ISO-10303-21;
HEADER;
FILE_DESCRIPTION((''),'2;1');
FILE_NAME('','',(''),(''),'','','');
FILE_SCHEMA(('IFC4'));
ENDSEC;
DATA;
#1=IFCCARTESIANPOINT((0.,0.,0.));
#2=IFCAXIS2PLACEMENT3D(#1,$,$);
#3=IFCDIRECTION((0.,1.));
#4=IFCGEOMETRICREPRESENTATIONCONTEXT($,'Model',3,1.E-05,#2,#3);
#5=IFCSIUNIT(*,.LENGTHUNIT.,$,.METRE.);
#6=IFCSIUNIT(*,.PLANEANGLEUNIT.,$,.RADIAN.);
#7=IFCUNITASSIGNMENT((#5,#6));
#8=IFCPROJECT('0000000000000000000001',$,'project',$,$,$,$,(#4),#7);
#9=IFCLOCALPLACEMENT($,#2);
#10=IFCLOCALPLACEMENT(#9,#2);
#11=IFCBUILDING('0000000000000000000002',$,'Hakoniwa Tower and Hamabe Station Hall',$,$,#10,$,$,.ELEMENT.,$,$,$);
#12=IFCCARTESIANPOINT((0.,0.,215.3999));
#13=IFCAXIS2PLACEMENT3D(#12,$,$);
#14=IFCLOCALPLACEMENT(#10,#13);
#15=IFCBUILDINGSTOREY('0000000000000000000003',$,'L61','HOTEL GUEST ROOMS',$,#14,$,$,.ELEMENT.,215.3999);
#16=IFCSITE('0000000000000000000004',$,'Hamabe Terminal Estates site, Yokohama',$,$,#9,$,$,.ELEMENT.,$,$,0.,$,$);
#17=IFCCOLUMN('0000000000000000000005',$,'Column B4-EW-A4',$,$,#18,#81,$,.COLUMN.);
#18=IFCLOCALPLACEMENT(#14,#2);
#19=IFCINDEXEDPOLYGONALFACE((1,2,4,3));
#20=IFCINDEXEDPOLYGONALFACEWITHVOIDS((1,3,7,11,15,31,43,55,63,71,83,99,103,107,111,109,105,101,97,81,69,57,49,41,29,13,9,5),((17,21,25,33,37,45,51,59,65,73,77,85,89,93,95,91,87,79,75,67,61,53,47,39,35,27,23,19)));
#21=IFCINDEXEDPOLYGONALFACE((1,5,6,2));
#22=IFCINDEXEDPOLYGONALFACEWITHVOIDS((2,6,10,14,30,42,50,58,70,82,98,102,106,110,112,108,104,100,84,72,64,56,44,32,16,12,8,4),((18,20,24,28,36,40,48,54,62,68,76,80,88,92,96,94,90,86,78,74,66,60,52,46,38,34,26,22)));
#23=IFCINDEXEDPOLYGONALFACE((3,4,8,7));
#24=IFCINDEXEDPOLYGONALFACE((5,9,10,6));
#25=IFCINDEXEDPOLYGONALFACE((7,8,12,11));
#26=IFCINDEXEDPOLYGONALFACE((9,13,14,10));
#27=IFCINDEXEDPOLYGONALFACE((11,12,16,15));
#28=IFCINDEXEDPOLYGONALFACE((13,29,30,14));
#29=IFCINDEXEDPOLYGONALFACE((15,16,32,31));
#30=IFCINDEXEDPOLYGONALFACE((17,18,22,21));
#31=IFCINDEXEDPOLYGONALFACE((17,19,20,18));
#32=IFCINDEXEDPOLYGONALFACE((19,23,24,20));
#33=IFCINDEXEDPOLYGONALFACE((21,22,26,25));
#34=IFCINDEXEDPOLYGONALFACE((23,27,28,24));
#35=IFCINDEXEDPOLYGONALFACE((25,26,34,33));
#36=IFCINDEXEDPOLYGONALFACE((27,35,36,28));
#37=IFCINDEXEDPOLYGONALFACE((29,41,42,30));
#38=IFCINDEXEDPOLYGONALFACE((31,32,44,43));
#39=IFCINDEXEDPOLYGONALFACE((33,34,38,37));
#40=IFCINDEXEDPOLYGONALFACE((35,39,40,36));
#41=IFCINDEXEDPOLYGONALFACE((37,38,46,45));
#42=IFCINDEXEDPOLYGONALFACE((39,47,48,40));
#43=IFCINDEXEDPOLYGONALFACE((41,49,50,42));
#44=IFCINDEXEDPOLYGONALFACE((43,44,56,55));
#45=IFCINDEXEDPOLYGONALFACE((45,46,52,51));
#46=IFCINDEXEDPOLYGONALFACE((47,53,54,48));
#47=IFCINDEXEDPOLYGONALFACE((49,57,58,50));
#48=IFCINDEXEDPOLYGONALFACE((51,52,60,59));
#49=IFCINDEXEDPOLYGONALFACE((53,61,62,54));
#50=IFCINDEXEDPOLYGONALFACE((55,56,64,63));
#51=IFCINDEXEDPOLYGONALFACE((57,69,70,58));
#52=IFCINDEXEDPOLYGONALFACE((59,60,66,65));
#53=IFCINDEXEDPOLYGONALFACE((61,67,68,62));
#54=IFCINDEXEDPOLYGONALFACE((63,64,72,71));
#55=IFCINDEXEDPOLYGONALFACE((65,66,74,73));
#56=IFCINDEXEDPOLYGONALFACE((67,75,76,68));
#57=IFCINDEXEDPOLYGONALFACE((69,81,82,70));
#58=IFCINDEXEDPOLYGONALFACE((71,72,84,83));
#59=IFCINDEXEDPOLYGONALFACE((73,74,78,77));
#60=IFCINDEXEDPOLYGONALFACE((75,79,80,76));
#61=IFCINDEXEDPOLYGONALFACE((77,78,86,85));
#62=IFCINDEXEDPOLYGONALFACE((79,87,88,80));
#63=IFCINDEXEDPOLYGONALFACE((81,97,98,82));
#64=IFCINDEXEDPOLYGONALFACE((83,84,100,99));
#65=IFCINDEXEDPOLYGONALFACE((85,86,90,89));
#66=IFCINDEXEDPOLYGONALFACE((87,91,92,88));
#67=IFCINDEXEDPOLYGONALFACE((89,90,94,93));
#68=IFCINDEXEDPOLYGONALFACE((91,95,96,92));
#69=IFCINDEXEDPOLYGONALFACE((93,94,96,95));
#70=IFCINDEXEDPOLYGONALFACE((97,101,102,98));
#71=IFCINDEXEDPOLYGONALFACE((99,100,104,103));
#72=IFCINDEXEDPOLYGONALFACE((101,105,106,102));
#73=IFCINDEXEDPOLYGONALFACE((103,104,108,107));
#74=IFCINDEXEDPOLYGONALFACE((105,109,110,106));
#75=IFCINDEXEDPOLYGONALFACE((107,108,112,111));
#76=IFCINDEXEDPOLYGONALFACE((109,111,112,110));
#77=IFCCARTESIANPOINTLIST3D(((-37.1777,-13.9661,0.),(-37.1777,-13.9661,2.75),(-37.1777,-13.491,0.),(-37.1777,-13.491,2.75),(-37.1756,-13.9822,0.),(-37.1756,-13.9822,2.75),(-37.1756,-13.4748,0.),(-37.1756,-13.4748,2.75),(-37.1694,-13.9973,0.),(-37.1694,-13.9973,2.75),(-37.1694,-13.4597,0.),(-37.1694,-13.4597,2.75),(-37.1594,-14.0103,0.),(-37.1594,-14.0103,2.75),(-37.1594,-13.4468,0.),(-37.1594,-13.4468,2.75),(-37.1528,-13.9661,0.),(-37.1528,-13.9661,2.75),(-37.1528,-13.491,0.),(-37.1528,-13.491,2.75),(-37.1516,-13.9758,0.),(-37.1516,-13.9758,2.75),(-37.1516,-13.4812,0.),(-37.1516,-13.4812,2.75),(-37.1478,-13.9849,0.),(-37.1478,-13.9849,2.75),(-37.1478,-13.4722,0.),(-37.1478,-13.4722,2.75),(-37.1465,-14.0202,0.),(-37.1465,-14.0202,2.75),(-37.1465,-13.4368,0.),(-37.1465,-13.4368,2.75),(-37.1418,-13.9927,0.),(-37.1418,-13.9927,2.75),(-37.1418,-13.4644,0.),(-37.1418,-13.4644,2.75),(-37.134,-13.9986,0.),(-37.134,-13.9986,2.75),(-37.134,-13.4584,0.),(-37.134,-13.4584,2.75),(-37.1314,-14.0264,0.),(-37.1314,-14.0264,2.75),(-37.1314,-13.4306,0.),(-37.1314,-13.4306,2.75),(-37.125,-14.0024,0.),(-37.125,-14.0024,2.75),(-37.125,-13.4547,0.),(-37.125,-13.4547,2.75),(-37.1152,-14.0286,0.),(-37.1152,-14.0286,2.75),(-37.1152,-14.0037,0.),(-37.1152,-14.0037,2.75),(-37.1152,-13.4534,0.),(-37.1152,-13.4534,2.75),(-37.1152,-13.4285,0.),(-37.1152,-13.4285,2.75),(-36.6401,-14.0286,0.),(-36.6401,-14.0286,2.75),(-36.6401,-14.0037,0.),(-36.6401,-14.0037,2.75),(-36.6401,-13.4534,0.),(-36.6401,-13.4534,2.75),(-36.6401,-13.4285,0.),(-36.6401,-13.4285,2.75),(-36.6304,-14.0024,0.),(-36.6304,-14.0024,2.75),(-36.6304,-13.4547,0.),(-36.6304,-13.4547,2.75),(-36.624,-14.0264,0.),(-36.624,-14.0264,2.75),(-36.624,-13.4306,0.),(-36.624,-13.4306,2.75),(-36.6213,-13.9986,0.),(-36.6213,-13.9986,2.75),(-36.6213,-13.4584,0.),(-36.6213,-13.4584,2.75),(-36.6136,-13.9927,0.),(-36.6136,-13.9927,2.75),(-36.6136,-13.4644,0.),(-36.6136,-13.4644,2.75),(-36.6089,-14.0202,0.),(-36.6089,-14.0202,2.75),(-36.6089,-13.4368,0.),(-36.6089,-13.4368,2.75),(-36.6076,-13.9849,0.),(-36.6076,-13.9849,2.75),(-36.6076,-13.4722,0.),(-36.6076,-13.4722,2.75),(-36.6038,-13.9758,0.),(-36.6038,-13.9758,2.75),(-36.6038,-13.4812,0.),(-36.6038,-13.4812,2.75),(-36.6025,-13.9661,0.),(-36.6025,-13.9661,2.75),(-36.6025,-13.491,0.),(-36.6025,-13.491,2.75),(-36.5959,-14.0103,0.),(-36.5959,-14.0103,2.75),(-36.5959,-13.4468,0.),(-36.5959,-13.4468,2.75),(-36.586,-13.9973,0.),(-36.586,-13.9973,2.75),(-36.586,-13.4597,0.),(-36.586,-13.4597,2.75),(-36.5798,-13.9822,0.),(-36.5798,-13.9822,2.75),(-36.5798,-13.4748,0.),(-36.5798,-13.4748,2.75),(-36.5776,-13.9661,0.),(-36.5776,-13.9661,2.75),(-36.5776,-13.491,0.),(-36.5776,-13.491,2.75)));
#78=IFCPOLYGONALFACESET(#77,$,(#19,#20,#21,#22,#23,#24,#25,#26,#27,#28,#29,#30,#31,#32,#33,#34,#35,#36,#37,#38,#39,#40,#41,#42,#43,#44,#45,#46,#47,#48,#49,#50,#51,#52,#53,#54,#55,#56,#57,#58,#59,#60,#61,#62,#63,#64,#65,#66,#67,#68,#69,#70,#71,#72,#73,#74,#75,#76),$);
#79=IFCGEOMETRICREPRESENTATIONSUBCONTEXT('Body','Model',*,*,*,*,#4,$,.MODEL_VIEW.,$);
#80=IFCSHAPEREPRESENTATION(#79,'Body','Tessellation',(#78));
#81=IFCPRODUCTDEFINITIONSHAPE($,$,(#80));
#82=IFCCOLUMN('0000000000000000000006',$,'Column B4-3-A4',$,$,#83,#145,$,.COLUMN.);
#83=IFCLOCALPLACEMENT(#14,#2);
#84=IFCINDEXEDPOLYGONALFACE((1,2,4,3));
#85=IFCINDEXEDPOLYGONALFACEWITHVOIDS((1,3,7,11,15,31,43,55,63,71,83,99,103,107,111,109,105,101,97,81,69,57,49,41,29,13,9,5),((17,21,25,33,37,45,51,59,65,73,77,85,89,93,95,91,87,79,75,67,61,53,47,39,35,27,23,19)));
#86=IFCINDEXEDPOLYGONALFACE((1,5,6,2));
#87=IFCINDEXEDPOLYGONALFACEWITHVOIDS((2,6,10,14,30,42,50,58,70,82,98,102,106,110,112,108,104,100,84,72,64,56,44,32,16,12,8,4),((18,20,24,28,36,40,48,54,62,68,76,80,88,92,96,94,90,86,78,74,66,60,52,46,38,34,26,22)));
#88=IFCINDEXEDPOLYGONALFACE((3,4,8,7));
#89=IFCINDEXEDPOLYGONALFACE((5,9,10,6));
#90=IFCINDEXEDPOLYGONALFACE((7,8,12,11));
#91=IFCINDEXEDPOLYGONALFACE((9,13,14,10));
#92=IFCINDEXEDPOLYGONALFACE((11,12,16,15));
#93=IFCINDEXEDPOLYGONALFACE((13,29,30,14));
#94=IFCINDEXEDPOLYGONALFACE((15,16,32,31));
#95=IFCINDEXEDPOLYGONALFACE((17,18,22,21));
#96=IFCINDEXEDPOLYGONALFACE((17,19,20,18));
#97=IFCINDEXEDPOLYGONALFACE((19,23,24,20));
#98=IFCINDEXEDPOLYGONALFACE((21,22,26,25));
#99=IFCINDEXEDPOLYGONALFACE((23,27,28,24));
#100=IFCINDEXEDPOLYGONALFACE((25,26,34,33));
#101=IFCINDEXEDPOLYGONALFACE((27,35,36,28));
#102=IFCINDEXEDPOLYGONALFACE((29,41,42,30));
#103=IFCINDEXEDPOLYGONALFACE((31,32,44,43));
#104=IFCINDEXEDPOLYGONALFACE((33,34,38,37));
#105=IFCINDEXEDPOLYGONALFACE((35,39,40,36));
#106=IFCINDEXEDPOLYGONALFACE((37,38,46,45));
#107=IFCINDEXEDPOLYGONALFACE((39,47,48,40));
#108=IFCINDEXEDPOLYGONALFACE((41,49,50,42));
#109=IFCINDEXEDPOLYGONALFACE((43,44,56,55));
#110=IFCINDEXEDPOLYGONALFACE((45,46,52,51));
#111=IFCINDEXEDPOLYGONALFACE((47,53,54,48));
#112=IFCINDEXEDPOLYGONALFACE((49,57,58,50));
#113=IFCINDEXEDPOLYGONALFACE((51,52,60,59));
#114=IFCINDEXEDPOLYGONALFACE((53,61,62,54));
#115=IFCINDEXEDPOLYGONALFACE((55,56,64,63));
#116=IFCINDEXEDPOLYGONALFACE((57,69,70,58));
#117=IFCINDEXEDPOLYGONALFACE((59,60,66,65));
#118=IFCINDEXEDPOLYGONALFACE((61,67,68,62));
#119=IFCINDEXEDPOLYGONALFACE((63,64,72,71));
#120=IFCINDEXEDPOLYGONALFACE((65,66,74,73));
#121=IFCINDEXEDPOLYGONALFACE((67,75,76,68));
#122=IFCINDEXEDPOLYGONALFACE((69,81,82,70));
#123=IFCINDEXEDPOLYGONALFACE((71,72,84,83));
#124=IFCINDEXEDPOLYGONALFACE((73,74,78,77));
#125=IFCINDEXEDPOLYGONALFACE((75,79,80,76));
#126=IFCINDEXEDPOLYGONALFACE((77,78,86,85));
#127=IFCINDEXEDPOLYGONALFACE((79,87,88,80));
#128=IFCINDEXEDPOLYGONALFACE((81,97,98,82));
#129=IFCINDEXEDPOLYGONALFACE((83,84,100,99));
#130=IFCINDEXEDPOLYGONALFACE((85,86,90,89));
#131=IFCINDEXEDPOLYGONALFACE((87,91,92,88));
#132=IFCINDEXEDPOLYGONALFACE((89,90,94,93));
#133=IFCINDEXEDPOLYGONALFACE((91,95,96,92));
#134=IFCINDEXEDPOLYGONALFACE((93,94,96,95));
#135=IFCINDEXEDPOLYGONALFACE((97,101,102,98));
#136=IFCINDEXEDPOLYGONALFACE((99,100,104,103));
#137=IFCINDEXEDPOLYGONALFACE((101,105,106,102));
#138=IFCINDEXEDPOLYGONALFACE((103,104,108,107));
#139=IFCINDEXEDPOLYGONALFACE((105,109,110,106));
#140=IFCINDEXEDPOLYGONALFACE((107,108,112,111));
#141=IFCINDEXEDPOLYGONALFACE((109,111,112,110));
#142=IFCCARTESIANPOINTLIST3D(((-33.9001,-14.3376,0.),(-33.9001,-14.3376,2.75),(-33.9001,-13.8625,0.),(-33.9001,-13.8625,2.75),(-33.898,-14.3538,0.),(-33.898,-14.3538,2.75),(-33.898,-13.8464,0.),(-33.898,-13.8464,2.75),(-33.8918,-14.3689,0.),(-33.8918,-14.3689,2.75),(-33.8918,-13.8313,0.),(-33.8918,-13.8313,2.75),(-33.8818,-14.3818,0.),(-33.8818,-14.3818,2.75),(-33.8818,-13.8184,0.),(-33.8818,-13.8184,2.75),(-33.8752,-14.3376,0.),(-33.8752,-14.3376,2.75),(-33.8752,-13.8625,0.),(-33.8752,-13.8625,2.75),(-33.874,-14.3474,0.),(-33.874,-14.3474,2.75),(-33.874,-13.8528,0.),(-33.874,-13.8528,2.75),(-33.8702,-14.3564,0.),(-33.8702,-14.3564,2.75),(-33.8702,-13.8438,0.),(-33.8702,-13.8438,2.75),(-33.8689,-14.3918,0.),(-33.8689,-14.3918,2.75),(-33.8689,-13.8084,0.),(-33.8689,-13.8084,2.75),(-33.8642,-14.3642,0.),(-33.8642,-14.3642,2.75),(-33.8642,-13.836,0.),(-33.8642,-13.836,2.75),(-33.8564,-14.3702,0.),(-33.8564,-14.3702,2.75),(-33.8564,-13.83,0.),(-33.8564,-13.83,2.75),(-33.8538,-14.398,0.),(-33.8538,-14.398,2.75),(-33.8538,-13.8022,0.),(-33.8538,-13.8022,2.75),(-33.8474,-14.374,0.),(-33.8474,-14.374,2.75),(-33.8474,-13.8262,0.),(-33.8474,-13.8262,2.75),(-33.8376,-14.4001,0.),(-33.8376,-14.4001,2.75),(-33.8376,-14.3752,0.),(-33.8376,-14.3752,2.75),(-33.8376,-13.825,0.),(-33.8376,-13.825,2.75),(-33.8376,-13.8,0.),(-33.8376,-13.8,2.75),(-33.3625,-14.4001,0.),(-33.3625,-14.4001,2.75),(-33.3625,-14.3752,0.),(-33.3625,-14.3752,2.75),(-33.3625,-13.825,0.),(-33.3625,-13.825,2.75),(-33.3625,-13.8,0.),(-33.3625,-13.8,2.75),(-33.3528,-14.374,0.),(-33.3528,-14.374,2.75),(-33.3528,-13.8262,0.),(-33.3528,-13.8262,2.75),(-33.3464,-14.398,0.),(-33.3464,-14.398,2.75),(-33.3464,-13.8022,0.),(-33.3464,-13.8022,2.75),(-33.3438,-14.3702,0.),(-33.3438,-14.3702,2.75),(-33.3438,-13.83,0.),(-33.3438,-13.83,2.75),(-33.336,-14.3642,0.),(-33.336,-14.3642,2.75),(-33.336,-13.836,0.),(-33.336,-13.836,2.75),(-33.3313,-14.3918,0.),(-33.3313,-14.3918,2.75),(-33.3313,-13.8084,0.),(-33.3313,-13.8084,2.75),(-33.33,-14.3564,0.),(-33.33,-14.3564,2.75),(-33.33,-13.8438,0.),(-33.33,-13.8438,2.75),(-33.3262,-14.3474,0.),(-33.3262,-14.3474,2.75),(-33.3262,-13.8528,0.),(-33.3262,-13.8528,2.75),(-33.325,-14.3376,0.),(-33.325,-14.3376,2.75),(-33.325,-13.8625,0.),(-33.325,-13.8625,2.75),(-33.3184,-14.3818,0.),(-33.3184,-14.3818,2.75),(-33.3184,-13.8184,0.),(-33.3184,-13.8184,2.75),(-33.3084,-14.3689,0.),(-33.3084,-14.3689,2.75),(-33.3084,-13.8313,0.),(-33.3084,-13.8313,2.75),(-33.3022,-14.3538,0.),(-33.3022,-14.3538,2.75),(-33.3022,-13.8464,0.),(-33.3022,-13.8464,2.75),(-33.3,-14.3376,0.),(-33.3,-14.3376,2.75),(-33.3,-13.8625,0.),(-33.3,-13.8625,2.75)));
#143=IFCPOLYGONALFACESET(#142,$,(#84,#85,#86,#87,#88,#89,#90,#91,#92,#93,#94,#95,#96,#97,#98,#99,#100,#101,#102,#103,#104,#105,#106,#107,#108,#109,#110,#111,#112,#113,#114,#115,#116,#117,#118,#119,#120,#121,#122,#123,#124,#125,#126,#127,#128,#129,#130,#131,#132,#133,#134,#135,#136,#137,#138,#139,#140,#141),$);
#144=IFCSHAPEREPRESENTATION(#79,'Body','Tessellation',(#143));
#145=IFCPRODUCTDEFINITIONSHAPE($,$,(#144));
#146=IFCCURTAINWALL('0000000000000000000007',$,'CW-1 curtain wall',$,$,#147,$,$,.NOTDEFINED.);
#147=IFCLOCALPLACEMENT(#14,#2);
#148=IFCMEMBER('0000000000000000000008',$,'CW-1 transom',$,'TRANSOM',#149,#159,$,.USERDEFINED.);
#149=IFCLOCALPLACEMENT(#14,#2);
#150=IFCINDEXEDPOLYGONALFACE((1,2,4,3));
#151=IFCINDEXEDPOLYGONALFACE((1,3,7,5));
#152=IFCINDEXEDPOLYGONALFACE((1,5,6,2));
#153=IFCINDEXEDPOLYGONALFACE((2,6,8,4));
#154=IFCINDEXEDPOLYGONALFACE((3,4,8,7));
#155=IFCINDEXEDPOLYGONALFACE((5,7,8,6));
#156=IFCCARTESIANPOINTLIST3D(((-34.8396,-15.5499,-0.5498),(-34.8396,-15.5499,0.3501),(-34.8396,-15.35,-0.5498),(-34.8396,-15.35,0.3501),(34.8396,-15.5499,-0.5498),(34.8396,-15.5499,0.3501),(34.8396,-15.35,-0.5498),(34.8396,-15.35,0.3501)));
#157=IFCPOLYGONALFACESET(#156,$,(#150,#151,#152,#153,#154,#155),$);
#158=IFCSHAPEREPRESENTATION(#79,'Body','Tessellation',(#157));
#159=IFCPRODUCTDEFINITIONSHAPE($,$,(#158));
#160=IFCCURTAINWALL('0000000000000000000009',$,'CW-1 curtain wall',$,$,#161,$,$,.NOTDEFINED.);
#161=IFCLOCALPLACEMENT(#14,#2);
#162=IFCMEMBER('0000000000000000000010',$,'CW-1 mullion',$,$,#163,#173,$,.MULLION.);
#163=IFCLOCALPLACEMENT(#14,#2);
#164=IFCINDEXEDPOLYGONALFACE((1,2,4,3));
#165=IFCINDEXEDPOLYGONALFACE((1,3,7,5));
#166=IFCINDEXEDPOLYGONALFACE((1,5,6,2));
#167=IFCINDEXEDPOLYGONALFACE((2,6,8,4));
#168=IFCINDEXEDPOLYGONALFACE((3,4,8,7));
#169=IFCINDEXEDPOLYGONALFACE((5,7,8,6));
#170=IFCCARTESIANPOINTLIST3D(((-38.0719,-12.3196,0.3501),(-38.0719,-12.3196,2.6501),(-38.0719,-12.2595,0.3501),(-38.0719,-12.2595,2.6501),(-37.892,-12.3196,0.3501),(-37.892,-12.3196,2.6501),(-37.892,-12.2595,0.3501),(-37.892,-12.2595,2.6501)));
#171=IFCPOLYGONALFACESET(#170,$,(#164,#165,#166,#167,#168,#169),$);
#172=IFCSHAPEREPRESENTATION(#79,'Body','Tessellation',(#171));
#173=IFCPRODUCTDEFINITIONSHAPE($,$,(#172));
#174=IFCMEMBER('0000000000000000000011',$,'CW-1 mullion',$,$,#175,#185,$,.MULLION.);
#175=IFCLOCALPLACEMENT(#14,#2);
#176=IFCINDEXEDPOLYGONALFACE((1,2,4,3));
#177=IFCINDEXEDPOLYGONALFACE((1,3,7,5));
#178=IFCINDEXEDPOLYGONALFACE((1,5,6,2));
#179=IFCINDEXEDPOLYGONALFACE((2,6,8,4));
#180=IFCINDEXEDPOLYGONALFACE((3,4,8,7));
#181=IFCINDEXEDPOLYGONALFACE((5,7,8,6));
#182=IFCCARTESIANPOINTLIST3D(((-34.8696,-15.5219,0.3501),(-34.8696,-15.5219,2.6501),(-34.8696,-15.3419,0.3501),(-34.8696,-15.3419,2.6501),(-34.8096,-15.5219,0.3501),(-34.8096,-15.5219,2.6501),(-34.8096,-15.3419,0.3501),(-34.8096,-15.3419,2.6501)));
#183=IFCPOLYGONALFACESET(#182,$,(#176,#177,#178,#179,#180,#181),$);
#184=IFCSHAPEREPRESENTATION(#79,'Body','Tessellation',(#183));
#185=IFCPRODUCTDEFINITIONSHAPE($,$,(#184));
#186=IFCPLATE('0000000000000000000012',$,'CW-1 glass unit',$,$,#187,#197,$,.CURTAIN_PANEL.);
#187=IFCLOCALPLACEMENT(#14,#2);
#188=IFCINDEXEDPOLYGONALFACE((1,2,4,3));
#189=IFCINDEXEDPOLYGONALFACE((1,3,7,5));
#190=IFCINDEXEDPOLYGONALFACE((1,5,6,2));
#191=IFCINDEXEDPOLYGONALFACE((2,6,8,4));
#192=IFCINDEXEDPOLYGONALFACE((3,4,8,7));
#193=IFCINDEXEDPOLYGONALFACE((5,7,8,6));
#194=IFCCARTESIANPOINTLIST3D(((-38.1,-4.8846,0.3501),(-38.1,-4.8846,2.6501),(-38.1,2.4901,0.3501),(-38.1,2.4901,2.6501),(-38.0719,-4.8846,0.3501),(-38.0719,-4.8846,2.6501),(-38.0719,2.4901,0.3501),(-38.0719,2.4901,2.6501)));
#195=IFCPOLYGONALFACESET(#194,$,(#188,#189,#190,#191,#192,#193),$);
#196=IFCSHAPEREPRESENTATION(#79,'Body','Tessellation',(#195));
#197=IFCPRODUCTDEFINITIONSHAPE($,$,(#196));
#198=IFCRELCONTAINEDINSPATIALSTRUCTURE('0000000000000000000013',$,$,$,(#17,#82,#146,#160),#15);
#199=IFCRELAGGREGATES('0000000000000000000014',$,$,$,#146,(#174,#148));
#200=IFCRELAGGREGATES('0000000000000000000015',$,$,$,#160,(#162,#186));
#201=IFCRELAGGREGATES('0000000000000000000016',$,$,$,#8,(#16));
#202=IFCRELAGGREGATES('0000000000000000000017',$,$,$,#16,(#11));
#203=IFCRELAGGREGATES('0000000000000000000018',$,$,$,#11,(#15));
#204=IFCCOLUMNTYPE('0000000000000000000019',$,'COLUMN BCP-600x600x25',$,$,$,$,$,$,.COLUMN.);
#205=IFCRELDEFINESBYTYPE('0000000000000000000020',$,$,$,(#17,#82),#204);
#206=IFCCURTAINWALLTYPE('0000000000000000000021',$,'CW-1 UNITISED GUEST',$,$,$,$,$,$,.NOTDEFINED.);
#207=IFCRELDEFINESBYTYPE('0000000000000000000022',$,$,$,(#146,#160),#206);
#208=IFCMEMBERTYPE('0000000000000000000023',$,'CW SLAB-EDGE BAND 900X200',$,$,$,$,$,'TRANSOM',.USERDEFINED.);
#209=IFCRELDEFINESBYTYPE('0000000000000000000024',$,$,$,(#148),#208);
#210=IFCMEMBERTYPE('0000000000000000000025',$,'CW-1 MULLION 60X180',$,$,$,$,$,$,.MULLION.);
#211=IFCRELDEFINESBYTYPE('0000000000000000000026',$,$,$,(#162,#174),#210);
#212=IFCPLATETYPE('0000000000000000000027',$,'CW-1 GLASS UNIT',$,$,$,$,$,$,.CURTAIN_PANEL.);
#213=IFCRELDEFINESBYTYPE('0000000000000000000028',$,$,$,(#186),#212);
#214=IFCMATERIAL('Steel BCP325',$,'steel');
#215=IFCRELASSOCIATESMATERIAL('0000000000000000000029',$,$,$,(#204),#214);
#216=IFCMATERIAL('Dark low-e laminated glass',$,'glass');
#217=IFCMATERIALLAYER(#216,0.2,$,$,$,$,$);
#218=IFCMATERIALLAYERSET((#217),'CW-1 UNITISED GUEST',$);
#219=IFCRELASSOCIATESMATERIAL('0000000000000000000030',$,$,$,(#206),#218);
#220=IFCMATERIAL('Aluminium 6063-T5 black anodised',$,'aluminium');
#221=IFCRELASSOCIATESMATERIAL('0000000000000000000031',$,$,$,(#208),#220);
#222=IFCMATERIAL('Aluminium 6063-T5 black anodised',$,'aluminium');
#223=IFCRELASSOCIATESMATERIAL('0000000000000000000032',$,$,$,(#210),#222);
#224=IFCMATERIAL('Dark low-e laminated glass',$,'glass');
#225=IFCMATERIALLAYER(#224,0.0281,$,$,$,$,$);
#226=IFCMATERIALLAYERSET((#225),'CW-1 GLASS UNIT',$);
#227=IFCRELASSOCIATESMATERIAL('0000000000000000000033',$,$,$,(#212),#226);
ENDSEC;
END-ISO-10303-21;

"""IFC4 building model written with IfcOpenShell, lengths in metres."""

from ifc_helpers import new_model, si_unit, direction, frame, origin, origin_2d, place, context, subcontext, project, spatial, rectangle, hollow_rectangle, extrude, material, layer, layer_set, material_profile, profile_set, type_object, element, aggregate, save


model = new_model("IFC4")

# Units and contexts
model_context = context("Model", 3, precision=1e-05, world=origin(), true_north=direction((0.0, 1.0)))
body_context = subcontext(model_context, "Body", "Model", "MODEL_VIEW")
ifc_project = project(units=[si_unit("LENGTHUNIT", "METRE"), si_unit("PLANEANGLEUNIT", "RADIAN")], contexts=[model_context])

# Site, building, storey
site_placement = place(None, origin())
site = spatial("IfcSite", under=ifc_project, at=site_placement, Name="Hamabe Terminal Estates site, Yokohama", CompositionType="ELEMENT", RefElevation=0.0)
building_placement = place(site_placement, origin())
building = spatial("IfcBuilding", under=site, at=building_placement, Name="Hakoniwa Tower and Hamabe Station Hall", CompositionType="ELEMENT")
storey_placement = place(building_placement, frame((0.0, 0.0, 215.3999)))
storey = spatial("IfcBuildingStorey", under=building, at=storey_placement, Name="L61", Description="HOTEL GUEST ROOMS", CompositionType="ELEMENT", Elevation=215.3999)

# Columns
ifc_material_1 = material(Name="Steel BCP325", Category="steel")
ifc_material_profile_1 = material_profile(ifc_material_1, hollow_rectangle(XDim=0.6001, YDim=0.6001, WallThickness=0.0249, InnerFilletRadius=0.0376, OuterFilletRadius=0.0625, at=origin_2d()), Name="BCP-600x600x25")
ifc_profile_set_1 = profile_set([ifc_material_profile_1], Name="Steel BCP325")
column_type = type_object("IfcColumnType", Name="COLUMN BCP-600x600x25", PredefinedType="COLUMN", material=ifc_profile_set_1)
for number, where, z_axis, x_axis, name in (
    (1, (-36.8777, -13.7285, 0.0), (0.0, 0.0, 1.0), (1.0, 0.0, 0.0), "Column B4-EW-A4"),
    (2, (-33.6001, -14.1001, 0.0), (0.0, 0.0, 1.0), (1.0, 0.0, 0.0), "Column B4-3-A4"),
):
    element("IfcColumn", number, at=place(storey_placement, frame(where, z_axis=z_axis, x_axis=x_axis)), inside=storey, type_object=column_type, Name=name, PredefinedType="COLUMN", context=body_context, shape_type="SweptSolid", body=[
        extrude(hollow_rectangle(XDim=0.6001, YDim=0.6001, WallThickness=0.0249, InnerFilletRadius=0.0376, OuterFilletRadius=0.0625, at=origin_2d()), origin(), (0.0, 0.0, 1.0), 2.75),
    ])

# Curtain walls, members
ifc_material_2 = material(Name="Dark low-e laminated glass", Category="glass")
ifc_layer_1 = layer(ifc_material_2, 0.2)
ifc_layer_set_1 = layer_set([ifc_layer_1], Name="CW-1 UNITISED GUEST")
curtain_wall_type = type_object("IfcCurtainWallType", Name="CW-1 UNITISED GUEST", PredefinedType="NOTDEFINED", material=ifc_layer_set_1)
curtain_wall_1_placement = place(storey_placement, origin())
curtain_wall_1 = element("IfcCurtainWall", 3, at=curtain_wall_1_placement, inside=storey, type_object=curtain_wall_type, Name="CW-1 curtain wall", PredefinedType="NOTDEFINED")
ifc_material_3 = material(Name="Aluminium 6063-T5 black anodised", Category="aluminium")
ifc_material_profile_2 = material_profile(ifc_material_3, rectangle(XDim=0.2, YDim=0.8999, at=origin_2d()), Name="CW SLAB-EDGE BAND 900X200")
ifc_profile_set_2 = profile_set([ifc_material_profile_2], Name="Aluminium 6063-T5 black anodised")
member_type_1 = type_object("IfcMemberType", Name="CW SLAB-EDGE BAND 900X200", ElementType="TRANSOM", PredefinedType="USERDEFINED", material=ifc_profile_set_2)
member_1_placement = place(storey_placement, frame((-34.8396, -15.45, -0.0999), z_axis=(1.0, 0.0, 0.0), x_axis=(0.0, 1.0, 0.0)))
member_1 = element("IfcMember", 4, at=member_1_placement, type_object=member_type_1, Name="CW-1 transom", ObjectType="TRANSOM", PredefinedType="USERDEFINED", context=body_context, shape_type="SweptSolid", body=[
    extrude(rectangle(XDim=0.2, YDim=0.8999, at=origin_2d()), origin(), (0.0, 0.0, 1.0), 69.6792),
])
curtain_wall_2_placement = place(storey_placement, origin())
curtain_wall_2 = element("IfcCurtainWall", 5, at=curtain_wall_2_placement, inside=storey, type_object=curtain_wall_type, Name="CW-1 curtain wall", PredefinedType="NOTDEFINED")
ifc_material_4 = material(Name="Aluminium 6063-T5 black anodised", Category="aluminium")
ifc_material_profile_3 = material_profile(ifc_material_4, rectangle(XDim=0.0601, YDim=0.1799, at=origin_2d()), Name="CW-1 MULLION 60X180")
ifc_profile_set_3 = profile_set([ifc_material_profile_3], Name="Aluminium 6063-T5 black anodised")
member_type_2 = type_object("IfcMemberType", Name="CW-1 MULLION 60X180", PredefinedType="MULLION", material=ifc_profile_set_3)
member_2_placement = place(storey_placement, frame((-37.9819, -12.2896, 0.3501), z_axis=(0.0, 0.0, 1.0), x_axis=(0.0, -1.0, 0.0)))
member_2 = element("IfcMember", 6, at=member_2_placement, type_object=member_type_2, Name="CW-1 mullion", PredefinedType="MULLION", context=body_context, shape_type="SweptSolid", body=[
    extrude(rectangle(XDim=0.0601, YDim=0.1799, at=origin_2d()), origin(), (0.0, 0.0, 1.0), 2.3),
])

# Member
member_3_placement = place(storey_placement, frame((-34.8396, -15.4319, 0.3501), z_axis=(0.0, 0.0, 1.0), x_axis=(1.0, 0.0, 0.0)))
member_3 = element("IfcMember", 7, at=member_3_placement, type_object=member_type_2, Name="CW-1 mullion", PredefinedType="MULLION", context=body_context, shape_type="SweptSolid", body=[
    extrude(rectangle(XDim=0.0601, YDim=0.1799, at=origin_2d()), origin(), (0.0, 0.0, 1.0), 2.3),
])
aggregate(curtain_wall_1, [member_3, member_1])

# Plate
ifc_material_5 = material(Name="Dark low-e laminated glass", Category="glass")
ifc_layer_2 = layer(ifc_material_5, 0.0281)
ifc_layer_set_2 = layer_set([ifc_layer_2], Name="CW-1 GLASS UNIT")
plate_type = type_object("IfcPlateType", Name="CW-1 GLASS UNIT", PredefinedType="CURTAIN_PANEL", material=ifc_layer_set_2)
plate_1_placement = place(storey_placement, frame((-38.0859, -1.1973, 0.3501), z_axis=(0.0, 0.0, 1.0), x_axis=(0.0, -1.0, 0.0)))
plate_1 = element("IfcPlate", 8, at=plate_1_placement, type_object=plate_type, Name="CW-1 glass unit", PredefinedType="CURTAIN_PANEL", context=body_context, shape_type="SweptSolid", body=[
    extrude(rectangle(XDim=7.3748, YDim=0.0281, at=origin_2d()), origin(), (0.0, 0.0, 1.0), 2.3),
])
aggregate(curtain_wall_2, [member_2, plate_1])

save(model, "model.ifc")
